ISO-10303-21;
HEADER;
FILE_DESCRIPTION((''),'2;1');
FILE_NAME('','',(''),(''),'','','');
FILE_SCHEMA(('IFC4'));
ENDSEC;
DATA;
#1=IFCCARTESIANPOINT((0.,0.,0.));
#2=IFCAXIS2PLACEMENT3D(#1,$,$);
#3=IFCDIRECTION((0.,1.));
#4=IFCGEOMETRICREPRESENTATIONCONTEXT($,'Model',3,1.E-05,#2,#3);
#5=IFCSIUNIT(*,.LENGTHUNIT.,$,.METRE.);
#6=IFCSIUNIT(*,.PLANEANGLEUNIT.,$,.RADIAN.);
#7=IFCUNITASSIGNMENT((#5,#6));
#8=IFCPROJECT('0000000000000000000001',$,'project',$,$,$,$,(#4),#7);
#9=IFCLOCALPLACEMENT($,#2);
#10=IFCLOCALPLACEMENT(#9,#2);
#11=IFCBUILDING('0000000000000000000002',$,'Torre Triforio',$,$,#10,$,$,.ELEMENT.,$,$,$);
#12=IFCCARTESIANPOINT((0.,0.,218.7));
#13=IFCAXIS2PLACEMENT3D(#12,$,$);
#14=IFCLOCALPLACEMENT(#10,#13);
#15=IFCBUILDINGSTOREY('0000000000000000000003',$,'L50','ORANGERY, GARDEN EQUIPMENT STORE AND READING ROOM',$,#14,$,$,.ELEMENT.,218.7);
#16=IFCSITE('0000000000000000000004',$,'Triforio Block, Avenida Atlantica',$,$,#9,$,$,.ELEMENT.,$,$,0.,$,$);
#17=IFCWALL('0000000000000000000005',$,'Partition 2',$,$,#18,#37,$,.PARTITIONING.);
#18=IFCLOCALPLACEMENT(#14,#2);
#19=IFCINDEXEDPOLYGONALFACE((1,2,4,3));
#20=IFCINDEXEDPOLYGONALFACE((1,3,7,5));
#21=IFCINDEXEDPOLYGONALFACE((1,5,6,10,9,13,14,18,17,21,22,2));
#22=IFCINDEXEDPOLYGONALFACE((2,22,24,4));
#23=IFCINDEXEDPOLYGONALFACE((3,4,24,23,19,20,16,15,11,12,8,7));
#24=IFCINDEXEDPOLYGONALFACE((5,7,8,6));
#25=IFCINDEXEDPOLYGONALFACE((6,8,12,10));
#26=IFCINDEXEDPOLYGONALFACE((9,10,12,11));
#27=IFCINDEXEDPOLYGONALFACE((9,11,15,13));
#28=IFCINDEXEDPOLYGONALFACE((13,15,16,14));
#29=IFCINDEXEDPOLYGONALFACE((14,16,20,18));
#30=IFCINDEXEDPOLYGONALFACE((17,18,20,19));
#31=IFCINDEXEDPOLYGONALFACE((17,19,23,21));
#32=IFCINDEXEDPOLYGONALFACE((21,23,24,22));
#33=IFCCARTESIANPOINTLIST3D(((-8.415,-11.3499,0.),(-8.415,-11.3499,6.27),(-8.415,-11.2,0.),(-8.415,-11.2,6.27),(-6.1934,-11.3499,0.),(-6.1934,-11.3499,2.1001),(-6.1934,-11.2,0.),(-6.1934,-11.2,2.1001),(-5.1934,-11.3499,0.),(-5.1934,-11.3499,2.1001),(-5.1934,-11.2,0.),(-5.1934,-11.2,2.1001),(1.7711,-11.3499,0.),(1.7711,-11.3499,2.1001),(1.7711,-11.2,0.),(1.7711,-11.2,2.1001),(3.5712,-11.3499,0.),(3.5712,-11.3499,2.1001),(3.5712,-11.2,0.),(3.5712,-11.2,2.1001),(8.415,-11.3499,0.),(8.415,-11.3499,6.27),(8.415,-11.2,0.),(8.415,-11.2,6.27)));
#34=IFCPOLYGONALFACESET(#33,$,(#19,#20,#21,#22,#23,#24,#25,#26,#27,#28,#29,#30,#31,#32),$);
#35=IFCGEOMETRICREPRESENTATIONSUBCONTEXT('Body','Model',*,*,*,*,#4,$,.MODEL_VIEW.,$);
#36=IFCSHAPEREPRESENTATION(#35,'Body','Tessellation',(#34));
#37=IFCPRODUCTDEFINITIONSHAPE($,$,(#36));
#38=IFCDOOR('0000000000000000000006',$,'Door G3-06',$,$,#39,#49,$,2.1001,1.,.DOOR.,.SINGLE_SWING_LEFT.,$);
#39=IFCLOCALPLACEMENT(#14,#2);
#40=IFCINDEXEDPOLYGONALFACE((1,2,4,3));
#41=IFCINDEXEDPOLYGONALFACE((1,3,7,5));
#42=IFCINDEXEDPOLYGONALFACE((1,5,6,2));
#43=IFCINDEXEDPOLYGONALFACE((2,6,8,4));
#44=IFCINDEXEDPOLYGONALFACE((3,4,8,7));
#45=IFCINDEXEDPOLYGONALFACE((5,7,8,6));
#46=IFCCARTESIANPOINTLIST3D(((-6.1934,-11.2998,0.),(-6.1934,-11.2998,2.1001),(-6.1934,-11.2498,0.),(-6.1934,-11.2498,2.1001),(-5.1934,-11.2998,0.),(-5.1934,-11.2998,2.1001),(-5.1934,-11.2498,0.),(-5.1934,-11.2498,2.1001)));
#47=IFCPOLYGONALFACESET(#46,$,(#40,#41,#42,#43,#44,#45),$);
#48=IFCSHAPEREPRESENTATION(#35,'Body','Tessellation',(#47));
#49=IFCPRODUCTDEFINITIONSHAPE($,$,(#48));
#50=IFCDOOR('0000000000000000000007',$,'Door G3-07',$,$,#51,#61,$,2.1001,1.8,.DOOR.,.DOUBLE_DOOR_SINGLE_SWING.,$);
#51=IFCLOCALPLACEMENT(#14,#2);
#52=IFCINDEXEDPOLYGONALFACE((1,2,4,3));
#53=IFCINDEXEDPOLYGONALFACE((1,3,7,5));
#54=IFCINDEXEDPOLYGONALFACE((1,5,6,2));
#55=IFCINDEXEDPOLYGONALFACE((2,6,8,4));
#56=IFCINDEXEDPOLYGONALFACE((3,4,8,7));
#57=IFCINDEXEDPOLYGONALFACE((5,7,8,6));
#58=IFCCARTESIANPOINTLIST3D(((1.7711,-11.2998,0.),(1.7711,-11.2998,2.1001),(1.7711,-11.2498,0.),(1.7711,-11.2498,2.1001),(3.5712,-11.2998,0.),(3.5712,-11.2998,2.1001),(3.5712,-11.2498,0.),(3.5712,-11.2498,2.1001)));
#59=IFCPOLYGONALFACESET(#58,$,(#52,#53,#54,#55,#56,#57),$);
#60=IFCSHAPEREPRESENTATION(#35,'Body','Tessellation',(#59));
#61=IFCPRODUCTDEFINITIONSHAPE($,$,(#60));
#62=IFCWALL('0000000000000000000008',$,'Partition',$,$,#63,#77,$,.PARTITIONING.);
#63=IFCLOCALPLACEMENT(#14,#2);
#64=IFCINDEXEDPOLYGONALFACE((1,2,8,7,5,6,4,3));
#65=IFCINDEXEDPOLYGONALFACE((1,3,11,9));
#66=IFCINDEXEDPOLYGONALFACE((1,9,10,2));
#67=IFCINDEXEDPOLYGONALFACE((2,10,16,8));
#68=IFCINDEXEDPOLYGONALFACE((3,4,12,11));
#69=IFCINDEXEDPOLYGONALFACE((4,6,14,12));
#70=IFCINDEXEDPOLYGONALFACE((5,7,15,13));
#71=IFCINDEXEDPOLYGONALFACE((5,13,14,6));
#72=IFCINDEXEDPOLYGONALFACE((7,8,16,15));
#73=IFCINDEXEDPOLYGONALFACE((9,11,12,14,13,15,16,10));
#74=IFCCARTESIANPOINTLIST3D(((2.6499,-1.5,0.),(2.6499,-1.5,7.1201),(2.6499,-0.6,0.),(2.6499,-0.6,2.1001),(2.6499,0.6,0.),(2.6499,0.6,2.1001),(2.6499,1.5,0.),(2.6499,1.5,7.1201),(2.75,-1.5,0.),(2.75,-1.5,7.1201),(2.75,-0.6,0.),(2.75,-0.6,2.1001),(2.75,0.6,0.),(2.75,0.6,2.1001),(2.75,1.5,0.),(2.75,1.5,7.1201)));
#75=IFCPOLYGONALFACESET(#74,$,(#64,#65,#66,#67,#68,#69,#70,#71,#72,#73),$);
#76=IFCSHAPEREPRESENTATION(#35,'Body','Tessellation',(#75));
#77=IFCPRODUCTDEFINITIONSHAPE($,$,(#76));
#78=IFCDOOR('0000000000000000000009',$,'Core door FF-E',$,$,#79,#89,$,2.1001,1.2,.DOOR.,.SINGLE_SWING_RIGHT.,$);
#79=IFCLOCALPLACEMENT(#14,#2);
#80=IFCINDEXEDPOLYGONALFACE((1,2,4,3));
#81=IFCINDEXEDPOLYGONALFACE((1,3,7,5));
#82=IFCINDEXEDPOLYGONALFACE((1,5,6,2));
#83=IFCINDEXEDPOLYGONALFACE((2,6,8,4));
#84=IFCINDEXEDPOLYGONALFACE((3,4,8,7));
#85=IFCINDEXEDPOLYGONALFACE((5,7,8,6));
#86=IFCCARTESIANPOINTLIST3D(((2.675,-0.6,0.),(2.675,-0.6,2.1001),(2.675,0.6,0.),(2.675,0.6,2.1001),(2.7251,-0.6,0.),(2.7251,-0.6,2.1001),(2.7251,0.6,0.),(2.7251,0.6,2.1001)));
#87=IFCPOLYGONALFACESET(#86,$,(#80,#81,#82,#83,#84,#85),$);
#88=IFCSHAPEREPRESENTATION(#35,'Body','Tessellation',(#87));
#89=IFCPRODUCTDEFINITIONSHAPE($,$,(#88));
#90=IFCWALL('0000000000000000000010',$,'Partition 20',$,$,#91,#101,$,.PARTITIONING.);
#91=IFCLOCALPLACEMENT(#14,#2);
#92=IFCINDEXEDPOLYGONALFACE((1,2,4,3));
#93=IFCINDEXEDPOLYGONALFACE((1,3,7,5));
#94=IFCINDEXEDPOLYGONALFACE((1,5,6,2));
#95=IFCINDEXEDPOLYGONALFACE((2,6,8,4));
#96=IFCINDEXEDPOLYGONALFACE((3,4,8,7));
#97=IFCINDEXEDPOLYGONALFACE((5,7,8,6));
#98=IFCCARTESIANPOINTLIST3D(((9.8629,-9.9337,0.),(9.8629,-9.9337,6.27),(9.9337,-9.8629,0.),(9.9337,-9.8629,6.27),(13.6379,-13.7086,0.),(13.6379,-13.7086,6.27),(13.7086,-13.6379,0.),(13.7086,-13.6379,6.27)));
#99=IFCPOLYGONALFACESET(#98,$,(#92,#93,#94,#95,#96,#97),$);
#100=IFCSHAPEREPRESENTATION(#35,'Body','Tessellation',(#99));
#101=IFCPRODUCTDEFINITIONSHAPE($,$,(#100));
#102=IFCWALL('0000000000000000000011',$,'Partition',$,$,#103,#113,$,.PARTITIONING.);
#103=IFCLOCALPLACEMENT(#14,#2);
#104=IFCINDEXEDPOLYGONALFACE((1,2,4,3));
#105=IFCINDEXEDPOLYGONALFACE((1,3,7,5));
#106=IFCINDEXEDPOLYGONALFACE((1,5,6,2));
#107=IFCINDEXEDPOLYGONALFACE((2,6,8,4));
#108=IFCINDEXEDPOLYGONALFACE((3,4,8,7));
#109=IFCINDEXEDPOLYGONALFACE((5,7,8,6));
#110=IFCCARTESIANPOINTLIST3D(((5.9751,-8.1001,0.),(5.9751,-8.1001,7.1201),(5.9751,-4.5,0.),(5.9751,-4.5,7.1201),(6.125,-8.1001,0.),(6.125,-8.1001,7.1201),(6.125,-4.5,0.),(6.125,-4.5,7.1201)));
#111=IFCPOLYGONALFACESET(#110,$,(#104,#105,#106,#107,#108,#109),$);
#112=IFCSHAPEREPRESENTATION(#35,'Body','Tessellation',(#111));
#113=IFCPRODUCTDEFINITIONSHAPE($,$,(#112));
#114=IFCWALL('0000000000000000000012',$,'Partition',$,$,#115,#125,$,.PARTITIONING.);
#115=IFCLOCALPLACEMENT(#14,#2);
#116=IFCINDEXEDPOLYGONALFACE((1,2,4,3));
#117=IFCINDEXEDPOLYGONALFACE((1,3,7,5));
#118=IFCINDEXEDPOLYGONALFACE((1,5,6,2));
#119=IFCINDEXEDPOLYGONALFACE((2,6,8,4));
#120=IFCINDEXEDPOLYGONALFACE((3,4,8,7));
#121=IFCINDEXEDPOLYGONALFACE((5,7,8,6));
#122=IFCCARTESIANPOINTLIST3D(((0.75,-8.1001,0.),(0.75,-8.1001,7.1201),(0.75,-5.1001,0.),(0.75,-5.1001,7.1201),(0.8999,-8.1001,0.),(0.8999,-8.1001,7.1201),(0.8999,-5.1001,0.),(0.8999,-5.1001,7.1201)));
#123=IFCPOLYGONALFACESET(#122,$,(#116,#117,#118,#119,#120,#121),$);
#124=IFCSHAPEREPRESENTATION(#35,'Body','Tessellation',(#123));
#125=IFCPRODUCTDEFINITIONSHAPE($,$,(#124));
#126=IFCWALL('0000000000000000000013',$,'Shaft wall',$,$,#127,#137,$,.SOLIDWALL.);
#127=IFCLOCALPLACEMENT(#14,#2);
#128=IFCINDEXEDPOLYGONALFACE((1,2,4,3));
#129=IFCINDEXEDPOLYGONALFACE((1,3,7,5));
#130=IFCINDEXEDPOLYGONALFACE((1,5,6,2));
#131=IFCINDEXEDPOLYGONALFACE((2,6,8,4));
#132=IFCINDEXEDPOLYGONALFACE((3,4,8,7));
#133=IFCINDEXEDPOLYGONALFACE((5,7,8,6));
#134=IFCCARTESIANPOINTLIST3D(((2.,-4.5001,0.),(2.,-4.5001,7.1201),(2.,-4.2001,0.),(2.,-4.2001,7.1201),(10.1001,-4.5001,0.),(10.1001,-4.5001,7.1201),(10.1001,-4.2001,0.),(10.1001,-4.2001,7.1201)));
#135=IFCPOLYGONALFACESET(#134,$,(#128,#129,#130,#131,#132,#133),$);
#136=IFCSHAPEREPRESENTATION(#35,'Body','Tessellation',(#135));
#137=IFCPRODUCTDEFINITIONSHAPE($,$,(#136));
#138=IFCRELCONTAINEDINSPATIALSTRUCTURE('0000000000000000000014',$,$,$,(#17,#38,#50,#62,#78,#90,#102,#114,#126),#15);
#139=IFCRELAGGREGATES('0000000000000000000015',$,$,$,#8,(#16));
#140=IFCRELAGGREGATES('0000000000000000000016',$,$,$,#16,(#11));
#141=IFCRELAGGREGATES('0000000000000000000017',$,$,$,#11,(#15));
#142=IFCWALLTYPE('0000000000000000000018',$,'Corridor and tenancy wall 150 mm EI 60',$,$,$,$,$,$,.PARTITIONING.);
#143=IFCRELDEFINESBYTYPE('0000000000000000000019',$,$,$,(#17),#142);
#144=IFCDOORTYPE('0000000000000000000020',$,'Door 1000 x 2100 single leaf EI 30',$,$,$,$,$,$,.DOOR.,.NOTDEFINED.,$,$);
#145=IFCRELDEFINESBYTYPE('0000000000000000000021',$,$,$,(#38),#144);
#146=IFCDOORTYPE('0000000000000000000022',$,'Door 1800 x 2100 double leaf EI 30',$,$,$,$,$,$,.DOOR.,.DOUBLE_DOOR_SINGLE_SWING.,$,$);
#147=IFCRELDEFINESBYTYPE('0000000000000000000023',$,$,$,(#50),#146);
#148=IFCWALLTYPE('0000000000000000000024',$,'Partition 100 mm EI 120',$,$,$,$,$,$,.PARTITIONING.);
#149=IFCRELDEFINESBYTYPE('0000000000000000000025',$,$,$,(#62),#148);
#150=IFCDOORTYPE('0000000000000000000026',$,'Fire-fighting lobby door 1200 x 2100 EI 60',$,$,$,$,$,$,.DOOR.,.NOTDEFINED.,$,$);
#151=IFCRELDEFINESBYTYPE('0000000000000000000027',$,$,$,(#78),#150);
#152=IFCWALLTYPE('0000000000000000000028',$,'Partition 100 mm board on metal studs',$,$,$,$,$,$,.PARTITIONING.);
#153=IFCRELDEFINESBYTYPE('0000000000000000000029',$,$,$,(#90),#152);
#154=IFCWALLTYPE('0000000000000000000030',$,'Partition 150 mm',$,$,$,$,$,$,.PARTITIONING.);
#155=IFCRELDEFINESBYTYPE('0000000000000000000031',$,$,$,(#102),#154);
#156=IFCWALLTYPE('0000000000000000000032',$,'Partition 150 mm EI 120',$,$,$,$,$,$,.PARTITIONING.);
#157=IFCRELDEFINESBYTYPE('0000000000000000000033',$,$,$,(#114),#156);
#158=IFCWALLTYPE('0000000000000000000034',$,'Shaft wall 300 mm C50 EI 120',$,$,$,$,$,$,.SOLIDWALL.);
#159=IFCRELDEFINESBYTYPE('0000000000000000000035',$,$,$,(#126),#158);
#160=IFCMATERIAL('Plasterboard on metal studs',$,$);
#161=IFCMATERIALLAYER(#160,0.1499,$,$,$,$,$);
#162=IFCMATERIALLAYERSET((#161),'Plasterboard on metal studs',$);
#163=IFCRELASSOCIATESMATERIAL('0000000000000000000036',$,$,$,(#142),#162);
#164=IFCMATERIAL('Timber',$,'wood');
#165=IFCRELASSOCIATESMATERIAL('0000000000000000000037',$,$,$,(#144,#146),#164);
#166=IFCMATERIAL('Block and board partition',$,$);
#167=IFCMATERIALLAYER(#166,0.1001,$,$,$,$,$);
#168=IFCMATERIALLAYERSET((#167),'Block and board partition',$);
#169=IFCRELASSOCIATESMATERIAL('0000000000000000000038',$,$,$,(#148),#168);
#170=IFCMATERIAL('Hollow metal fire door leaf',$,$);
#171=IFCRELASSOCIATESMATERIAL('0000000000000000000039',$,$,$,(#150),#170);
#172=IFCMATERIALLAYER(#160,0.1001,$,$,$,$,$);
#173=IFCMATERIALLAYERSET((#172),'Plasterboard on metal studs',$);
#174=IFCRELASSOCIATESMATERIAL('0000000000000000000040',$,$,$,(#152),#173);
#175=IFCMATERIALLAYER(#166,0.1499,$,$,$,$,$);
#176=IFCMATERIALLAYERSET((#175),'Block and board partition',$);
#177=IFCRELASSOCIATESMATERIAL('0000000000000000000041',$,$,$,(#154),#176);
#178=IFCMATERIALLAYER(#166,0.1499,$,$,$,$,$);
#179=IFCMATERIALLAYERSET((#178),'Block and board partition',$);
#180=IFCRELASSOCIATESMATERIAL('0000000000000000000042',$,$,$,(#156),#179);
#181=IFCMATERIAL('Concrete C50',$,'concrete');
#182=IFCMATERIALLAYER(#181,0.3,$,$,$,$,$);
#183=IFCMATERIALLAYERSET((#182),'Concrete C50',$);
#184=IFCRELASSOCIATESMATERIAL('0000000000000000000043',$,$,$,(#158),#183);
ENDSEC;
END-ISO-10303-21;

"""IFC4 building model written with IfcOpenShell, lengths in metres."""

from ifc_helpers import new_model, si_unit, direction, frame, frame_2d, origin, place, context, subcontext, project, spatial, rectangle, extrude, material, layer, layer_set, type_object, element, fill, save


model = new_model("IFC4")

# Units and contexts
model_context = context("Model", 3, precision=1e-05, world=origin(), true_north=direction((0.0, 1.0)))
body_context = subcontext(model_context, "Body", "Model", "MODEL_VIEW")
ifc_project = project(units=[si_unit("LENGTHUNIT", "METRE"), si_unit("PLANEANGLEUNIT", "RADIAN")], contexts=[model_context])

# Site, building, storey
site_placement = place(None, origin())
site = spatial("IfcSite", under=ifc_project, at=site_placement, Name="Triforio Block, Avenida Atlantica", CompositionType="ELEMENT", RefElevation=0.0)
building_placement = place(site_placement, origin())
building = spatial("IfcBuilding", under=site, at=building_placement, Name="Torre Triforio", CompositionType="ELEMENT")
storey_placement = place(building_placement, frame((0.0, 0.0, 218.7)))
storey = spatial("IfcBuildingStorey", under=building, at=storey_placement, Name="L50", Description="ORANGERY, GARDEN EQUIPMENT STORE AND READING ROOM", CompositionType="ELEMENT", Elevation=218.7)

# Shared definitions
ifc_material_1 = material(Name="Concrete C50", Category="concrete")

# Shared definitions
ifc_material_2 = material(Name="Hollow metal fire door leaf")

# Wall, openings, doors
ifc_material_3 = material(Name="Plasterboard on metal studs")
ifc_layer_1 = layer(ifc_material_3, 0.1499)
ifc_layer_set_1 = layer_set([ifc_layer_1], Name="Plasterboard on metal studs")
wall_type_1 = type_object("IfcWallType", Name="Corridor and tenancy wall 150 mm EI 60", PredefinedType="PARTITIONING", material=ifc_layer_set_1)
wall_1_placement = place(storey_placement, frame((8.415, -11.2749, 0.0), z_axis=(0.0, 0.0, 1.0), x_axis=(-1.0, 0.0, 0.0)))
wall_1 = element("IfcWall", 1, at=wall_1_placement, inside=storey, type_object=wall_type_1, Name="Partition 2", PredefinedType="PARTITIONING", context=body_context, shape_type="SweptSolid", body=[
    extrude(rectangle(XDim=16.8301, YDim=0.1499, at=frame_2d((8.415, 0.0))), origin(), (0.0, 0.0, 1.0), 6.27),
])
opening_1_placement = place(wall_1_placement, frame((13.6084, 0.0, 0.0)))
opening_1 = element("IfcOpeningElement", 2, at=opening_1_placement, cuts=wall_1, PredefinedType="OPENING", context=body_context, shape_type="SweptSolid", body=[
    extrude(rectangle(XDim=1.0, YDim=2.1001, at=frame_2d((0.5, 1.05))), frame((0.0, 0.085, 0.0), z_axis=(0.0, -1.0, 0.0), x_axis=(1.0, 0.0, 0.0)), (0.0, 0.0, 1.0), 0.1699),
])
opening_2_placement = place(wall_1_placement, frame((4.844, 0.0, 0.0)))
opening_2 = element("IfcOpeningElement", 3, at=opening_2_placement, cuts=wall_1, PredefinedType="OPENING", context=body_context, shape_type="SweptSolid", body=[
    extrude(rectangle(XDim=1.8, YDim=2.1001, at=frame_2d((0.8999, 1.05))), frame((0.0, 0.085, 0.0), z_axis=(0.0, -1.0, 0.0), x_axis=(1.0, 0.0, 0.0)), (0.0, 0.0, 1.0), 0.1699),
])
ifc_material_4 = material(Name="Timber", Category="wood")
door_type_1 = type_object("IfcDoorType", Name="Door 1000 x 2100 single leaf EI 30", OperationType="NOTDEFINED", PredefinedType="DOOR", material=ifc_material_4)
door_1_placement = place(opening_1_placement, origin())
door_1 = element("IfcDoor", 4, at=door_1_placement, inside=storey, type_object=door_type_1, Name="Door G3-06", OperationType="SINGLE_SWING_LEFT", OverallHeight=2.1001, OverallWidth=1.0, PredefinedType="DOOR", context=body_context, shape_type="SweptSolid", body=[
    extrude(rectangle(XDim=1.0, YDim=2.1001, at=frame_2d((0.5, 1.05))), frame((0.0, 0.0249, 0.0), z_axis=(0.0, -1.0, 0.0), x_axis=(1.0, 0.0, 0.0)), (0.0, 0.0, 1.0), 0.05),
])
fill(opening_1, door_1)
door_type_2 = type_object("IfcDoorType", Name="Door 1800 x 2100 double leaf EI 30", OperationType="DOUBLE_DOOR_SINGLE_SWING", PredefinedType="DOOR", material=ifc_material_4)
door_2_placement = place(opening_2_placement, origin())
door_2 = element("IfcDoor", 5, at=door_2_placement, inside=storey, type_object=door_type_2, Name="Door G3-07", OperationType="DOUBLE_DOOR_SINGLE_SWING", OverallHeight=2.1001, OverallWidth=1.8, PredefinedType="DOOR", context=body_context, shape_type="SweptSolid", body=[
    extrude(rectangle(XDim=1.8, YDim=2.1001, at=frame_2d((0.8999, 1.05))), frame((0.0, 0.0249, 0.0), z_axis=(0.0, -1.0, 0.0), x_axis=(1.0, 0.0, 0.0)), (0.0, 0.0, 1.0), 0.05),
])
fill(opening_2, door_2)

# Wall, opening, door
ifc_material_5 = material(Name="Block and board partition")
ifc_layer_2 = layer(ifc_material_5, 0.1001)
ifc_layer_set_2 = layer_set([ifc_layer_2], Name="Block and board partition")
wall_type_2 = type_object("IfcWallType", Name="Partition 100 mm EI 120", PredefinedType="PARTITIONING", material=ifc_layer_set_2)
wall_2_placement = place(storey_placement, frame((2.7, -1.5, 0.0), z_axis=(0.0, 0.0, 1.0), x_axis=(0.0, 1.0, 0.0)))
wall_2 = element("IfcWall", 6, at=wall_2_placement, inside=storey, type_object=wall_type_2, Name="Partition", PredefinedType="PARTITIONING", context=body_context, shape_type="SweptSolid", body=[
    extrude(rectangle(XDim=3.0, YDim=0.1001, at=frame_2d((1.5, 0.0))), origin(), (0.0, 0.0, 1.0), 7.1201),
])
opening_3_placement = place(wall_2_placement, frame((0.8999, 0.0, 0.0)))
opening_3 = element("IfcOpeningElement", 7, at=opening_3_placement, cuts=wall_2, PredefinedType="OPENING", context=body_context, shape_type="SweptSolid", body=[
    extrude(rectangle(XDim=1.2, YDim=2.1001, at=frame_2d((0.6001, 1.05))), frame((0.0, 0.0601, 0.0), z_axis=(0.0, -1.0, 0.0), x_axis=(1.0, 0.0, 0.0)), (0.0, 0.0, 1.0), 0.1201),
])
door_type_3 = type_object("IfcDoorType", Name="Fire-fighting lobby door 1200 x 2100 EI 60", OperationType="NOTDEFINED", PredefinedType="DOOR", material=ifc_material_2)
door_3_placement = place(opening_3_placement, origin())
door_3 = element("IfcDoor", 8, at=door_3_placement, inside=storey, type_object=door_type_3, Name="Core door FF-E", OperationType="SINGLE_SWING_RIGHT", OverallHeight=2.1001, OverallWidth=1.2, PredefinedType="DOOR", context=body_context, shape_type="SweptSolid", body=[
    extrude(rectangle(XDim=1.2, YDim=2.1001, at=frame_2d((0.6001, 1.05))), frame((0.0, 0.0249, 0.0), z_axis=(0.0, -1.0, 0.0), x_axis=(1.0, 0.0, 0.0)), (0.0, 0.0, 1.0), 0.05),
])
fill(opening_3, door_3)

# Walls
ifc_layer_3 = layer(ifc_material_3, 0.1001)
ifc_layer_set_3 = layer_set([ifc_layer_3], Name="Plasterboard on metal studs")
wall_type_3 = type_object("IfcWallType", Name="Partition 100 mm board on metal studs", PredefinedType="PARTITIONING", material=ifc_layer_set_3)
wall_3_placement = place(storey_placement, frame((9.8982, -9.8982, 0.0), z_axis=(0.0, 0.0, 1.0), x_axis=(0.707107, -0.707107, 0.0)))
element("IfcWall", 9, at=wall_3_placement, inside=storey, type_object=wall_type_3, Name="Partition 20", PredefinedType="PARTITIONING", context=body_context, shape_type="SweptSolid", body=[
    extrude(rectangle(XDim=5.3386, YDim=0.1001, at=frame_2d((2.6694, 0.0))), origin(), (0.0, 0.0, 1.0), 6.27),
])
ifc_layer_4 = layer(ifc_material_5, 0.1499)
ifc_layer_set_4 = layer_set([ifc_layer_4], Name="Block and board partition")
wall_type_4 = type_object("IfcWallType", Name="Partition 150 mm", PredefinedType="PARTITIONING", material=ifc_layer_set_4)
wall_4_placement = place(storey_placement, frame((6.05, -8.1001, 0.0), z_axis=(0.0, 0.0, 1.0), x_axis=(0.0, 1.0, 0.0)))
element("IfcWall", 10, at=wall_4_placement, inside=storey, type_object=wall_type_4, Name="Partition", PredefinedType="PARTITIONING", context=body_context, shape_type="SweptSolid", body=[
    extrude(rectangle(XDim=3.6001, YDim=0.1499, at=frame_2d((1.8, 0.0))), origin(), (0.0, 0.0, 1.0), 7.1201),
])
ifc_layer_5 = layer(ifc_material_5, 0.1499)
ifc_layer_set_5 = layer_set([ifc_layer_5], Name="Block and board partition")
wall_type_5 = type_object("IfcWallType", Name="Partition 150 mm EI 120", PredefinedType="PARTITIONING", material=ifc_layer_set_5)
wall_5_placement = place(storey_placement, frame((0.825, -8.1001, 0.0), z_axis=(0.0, 0.0, 1.0), x_axis=(0.0, 1.0, 0.0)))
element("IfcWall", 11, at=wall_5_placement, inside=storey, type_object=wall_type_5, Name="Partition", PredefinedType="PARTITIONING", context=body_context, shape_type="SweptSolid", body=[
    extrude(rectangle(XDim=3.0, YDim=0.1499, at=frame_2d((1.5, 0.0))), origin(), (0.0, 0.0, 1.0), 7.1201),
])
ifc_layer_6 = layer(ifc_material_1, 0.3)
ifc_layer_set_6 = layer_set([ifc_layer_6], Name="Concrete C50")
wall_type_6 = type_object("IfcWallType", Name="Shaft wall 300 mm C50 EI 120", PredefinedType="SOLIDWALL", material=ifc_layer_set_6)
wall_6_placement = place(storey_placement, frame((2.0, -4.3501, 0.0), z_axis=(0.0, 0.0, 1.0), x_axis=(1.0, 0.0, 0.0)))
element("IfcWall", 12, at=wall_6_placement, inside=storey, type_object=wall_type_6, Name="Shaft wall", PredefinedType="SOLIDWALL", context=body_context, shape_type="SweptSolid", body=[
    extrude(rectangle(XDim=8.1001, YDim=0.3, at=frame_2d((4.05, 0.0))), origin(), (0.0, 0.0, 1.0), 7.1201),
])

save(model, "model.ifc")
